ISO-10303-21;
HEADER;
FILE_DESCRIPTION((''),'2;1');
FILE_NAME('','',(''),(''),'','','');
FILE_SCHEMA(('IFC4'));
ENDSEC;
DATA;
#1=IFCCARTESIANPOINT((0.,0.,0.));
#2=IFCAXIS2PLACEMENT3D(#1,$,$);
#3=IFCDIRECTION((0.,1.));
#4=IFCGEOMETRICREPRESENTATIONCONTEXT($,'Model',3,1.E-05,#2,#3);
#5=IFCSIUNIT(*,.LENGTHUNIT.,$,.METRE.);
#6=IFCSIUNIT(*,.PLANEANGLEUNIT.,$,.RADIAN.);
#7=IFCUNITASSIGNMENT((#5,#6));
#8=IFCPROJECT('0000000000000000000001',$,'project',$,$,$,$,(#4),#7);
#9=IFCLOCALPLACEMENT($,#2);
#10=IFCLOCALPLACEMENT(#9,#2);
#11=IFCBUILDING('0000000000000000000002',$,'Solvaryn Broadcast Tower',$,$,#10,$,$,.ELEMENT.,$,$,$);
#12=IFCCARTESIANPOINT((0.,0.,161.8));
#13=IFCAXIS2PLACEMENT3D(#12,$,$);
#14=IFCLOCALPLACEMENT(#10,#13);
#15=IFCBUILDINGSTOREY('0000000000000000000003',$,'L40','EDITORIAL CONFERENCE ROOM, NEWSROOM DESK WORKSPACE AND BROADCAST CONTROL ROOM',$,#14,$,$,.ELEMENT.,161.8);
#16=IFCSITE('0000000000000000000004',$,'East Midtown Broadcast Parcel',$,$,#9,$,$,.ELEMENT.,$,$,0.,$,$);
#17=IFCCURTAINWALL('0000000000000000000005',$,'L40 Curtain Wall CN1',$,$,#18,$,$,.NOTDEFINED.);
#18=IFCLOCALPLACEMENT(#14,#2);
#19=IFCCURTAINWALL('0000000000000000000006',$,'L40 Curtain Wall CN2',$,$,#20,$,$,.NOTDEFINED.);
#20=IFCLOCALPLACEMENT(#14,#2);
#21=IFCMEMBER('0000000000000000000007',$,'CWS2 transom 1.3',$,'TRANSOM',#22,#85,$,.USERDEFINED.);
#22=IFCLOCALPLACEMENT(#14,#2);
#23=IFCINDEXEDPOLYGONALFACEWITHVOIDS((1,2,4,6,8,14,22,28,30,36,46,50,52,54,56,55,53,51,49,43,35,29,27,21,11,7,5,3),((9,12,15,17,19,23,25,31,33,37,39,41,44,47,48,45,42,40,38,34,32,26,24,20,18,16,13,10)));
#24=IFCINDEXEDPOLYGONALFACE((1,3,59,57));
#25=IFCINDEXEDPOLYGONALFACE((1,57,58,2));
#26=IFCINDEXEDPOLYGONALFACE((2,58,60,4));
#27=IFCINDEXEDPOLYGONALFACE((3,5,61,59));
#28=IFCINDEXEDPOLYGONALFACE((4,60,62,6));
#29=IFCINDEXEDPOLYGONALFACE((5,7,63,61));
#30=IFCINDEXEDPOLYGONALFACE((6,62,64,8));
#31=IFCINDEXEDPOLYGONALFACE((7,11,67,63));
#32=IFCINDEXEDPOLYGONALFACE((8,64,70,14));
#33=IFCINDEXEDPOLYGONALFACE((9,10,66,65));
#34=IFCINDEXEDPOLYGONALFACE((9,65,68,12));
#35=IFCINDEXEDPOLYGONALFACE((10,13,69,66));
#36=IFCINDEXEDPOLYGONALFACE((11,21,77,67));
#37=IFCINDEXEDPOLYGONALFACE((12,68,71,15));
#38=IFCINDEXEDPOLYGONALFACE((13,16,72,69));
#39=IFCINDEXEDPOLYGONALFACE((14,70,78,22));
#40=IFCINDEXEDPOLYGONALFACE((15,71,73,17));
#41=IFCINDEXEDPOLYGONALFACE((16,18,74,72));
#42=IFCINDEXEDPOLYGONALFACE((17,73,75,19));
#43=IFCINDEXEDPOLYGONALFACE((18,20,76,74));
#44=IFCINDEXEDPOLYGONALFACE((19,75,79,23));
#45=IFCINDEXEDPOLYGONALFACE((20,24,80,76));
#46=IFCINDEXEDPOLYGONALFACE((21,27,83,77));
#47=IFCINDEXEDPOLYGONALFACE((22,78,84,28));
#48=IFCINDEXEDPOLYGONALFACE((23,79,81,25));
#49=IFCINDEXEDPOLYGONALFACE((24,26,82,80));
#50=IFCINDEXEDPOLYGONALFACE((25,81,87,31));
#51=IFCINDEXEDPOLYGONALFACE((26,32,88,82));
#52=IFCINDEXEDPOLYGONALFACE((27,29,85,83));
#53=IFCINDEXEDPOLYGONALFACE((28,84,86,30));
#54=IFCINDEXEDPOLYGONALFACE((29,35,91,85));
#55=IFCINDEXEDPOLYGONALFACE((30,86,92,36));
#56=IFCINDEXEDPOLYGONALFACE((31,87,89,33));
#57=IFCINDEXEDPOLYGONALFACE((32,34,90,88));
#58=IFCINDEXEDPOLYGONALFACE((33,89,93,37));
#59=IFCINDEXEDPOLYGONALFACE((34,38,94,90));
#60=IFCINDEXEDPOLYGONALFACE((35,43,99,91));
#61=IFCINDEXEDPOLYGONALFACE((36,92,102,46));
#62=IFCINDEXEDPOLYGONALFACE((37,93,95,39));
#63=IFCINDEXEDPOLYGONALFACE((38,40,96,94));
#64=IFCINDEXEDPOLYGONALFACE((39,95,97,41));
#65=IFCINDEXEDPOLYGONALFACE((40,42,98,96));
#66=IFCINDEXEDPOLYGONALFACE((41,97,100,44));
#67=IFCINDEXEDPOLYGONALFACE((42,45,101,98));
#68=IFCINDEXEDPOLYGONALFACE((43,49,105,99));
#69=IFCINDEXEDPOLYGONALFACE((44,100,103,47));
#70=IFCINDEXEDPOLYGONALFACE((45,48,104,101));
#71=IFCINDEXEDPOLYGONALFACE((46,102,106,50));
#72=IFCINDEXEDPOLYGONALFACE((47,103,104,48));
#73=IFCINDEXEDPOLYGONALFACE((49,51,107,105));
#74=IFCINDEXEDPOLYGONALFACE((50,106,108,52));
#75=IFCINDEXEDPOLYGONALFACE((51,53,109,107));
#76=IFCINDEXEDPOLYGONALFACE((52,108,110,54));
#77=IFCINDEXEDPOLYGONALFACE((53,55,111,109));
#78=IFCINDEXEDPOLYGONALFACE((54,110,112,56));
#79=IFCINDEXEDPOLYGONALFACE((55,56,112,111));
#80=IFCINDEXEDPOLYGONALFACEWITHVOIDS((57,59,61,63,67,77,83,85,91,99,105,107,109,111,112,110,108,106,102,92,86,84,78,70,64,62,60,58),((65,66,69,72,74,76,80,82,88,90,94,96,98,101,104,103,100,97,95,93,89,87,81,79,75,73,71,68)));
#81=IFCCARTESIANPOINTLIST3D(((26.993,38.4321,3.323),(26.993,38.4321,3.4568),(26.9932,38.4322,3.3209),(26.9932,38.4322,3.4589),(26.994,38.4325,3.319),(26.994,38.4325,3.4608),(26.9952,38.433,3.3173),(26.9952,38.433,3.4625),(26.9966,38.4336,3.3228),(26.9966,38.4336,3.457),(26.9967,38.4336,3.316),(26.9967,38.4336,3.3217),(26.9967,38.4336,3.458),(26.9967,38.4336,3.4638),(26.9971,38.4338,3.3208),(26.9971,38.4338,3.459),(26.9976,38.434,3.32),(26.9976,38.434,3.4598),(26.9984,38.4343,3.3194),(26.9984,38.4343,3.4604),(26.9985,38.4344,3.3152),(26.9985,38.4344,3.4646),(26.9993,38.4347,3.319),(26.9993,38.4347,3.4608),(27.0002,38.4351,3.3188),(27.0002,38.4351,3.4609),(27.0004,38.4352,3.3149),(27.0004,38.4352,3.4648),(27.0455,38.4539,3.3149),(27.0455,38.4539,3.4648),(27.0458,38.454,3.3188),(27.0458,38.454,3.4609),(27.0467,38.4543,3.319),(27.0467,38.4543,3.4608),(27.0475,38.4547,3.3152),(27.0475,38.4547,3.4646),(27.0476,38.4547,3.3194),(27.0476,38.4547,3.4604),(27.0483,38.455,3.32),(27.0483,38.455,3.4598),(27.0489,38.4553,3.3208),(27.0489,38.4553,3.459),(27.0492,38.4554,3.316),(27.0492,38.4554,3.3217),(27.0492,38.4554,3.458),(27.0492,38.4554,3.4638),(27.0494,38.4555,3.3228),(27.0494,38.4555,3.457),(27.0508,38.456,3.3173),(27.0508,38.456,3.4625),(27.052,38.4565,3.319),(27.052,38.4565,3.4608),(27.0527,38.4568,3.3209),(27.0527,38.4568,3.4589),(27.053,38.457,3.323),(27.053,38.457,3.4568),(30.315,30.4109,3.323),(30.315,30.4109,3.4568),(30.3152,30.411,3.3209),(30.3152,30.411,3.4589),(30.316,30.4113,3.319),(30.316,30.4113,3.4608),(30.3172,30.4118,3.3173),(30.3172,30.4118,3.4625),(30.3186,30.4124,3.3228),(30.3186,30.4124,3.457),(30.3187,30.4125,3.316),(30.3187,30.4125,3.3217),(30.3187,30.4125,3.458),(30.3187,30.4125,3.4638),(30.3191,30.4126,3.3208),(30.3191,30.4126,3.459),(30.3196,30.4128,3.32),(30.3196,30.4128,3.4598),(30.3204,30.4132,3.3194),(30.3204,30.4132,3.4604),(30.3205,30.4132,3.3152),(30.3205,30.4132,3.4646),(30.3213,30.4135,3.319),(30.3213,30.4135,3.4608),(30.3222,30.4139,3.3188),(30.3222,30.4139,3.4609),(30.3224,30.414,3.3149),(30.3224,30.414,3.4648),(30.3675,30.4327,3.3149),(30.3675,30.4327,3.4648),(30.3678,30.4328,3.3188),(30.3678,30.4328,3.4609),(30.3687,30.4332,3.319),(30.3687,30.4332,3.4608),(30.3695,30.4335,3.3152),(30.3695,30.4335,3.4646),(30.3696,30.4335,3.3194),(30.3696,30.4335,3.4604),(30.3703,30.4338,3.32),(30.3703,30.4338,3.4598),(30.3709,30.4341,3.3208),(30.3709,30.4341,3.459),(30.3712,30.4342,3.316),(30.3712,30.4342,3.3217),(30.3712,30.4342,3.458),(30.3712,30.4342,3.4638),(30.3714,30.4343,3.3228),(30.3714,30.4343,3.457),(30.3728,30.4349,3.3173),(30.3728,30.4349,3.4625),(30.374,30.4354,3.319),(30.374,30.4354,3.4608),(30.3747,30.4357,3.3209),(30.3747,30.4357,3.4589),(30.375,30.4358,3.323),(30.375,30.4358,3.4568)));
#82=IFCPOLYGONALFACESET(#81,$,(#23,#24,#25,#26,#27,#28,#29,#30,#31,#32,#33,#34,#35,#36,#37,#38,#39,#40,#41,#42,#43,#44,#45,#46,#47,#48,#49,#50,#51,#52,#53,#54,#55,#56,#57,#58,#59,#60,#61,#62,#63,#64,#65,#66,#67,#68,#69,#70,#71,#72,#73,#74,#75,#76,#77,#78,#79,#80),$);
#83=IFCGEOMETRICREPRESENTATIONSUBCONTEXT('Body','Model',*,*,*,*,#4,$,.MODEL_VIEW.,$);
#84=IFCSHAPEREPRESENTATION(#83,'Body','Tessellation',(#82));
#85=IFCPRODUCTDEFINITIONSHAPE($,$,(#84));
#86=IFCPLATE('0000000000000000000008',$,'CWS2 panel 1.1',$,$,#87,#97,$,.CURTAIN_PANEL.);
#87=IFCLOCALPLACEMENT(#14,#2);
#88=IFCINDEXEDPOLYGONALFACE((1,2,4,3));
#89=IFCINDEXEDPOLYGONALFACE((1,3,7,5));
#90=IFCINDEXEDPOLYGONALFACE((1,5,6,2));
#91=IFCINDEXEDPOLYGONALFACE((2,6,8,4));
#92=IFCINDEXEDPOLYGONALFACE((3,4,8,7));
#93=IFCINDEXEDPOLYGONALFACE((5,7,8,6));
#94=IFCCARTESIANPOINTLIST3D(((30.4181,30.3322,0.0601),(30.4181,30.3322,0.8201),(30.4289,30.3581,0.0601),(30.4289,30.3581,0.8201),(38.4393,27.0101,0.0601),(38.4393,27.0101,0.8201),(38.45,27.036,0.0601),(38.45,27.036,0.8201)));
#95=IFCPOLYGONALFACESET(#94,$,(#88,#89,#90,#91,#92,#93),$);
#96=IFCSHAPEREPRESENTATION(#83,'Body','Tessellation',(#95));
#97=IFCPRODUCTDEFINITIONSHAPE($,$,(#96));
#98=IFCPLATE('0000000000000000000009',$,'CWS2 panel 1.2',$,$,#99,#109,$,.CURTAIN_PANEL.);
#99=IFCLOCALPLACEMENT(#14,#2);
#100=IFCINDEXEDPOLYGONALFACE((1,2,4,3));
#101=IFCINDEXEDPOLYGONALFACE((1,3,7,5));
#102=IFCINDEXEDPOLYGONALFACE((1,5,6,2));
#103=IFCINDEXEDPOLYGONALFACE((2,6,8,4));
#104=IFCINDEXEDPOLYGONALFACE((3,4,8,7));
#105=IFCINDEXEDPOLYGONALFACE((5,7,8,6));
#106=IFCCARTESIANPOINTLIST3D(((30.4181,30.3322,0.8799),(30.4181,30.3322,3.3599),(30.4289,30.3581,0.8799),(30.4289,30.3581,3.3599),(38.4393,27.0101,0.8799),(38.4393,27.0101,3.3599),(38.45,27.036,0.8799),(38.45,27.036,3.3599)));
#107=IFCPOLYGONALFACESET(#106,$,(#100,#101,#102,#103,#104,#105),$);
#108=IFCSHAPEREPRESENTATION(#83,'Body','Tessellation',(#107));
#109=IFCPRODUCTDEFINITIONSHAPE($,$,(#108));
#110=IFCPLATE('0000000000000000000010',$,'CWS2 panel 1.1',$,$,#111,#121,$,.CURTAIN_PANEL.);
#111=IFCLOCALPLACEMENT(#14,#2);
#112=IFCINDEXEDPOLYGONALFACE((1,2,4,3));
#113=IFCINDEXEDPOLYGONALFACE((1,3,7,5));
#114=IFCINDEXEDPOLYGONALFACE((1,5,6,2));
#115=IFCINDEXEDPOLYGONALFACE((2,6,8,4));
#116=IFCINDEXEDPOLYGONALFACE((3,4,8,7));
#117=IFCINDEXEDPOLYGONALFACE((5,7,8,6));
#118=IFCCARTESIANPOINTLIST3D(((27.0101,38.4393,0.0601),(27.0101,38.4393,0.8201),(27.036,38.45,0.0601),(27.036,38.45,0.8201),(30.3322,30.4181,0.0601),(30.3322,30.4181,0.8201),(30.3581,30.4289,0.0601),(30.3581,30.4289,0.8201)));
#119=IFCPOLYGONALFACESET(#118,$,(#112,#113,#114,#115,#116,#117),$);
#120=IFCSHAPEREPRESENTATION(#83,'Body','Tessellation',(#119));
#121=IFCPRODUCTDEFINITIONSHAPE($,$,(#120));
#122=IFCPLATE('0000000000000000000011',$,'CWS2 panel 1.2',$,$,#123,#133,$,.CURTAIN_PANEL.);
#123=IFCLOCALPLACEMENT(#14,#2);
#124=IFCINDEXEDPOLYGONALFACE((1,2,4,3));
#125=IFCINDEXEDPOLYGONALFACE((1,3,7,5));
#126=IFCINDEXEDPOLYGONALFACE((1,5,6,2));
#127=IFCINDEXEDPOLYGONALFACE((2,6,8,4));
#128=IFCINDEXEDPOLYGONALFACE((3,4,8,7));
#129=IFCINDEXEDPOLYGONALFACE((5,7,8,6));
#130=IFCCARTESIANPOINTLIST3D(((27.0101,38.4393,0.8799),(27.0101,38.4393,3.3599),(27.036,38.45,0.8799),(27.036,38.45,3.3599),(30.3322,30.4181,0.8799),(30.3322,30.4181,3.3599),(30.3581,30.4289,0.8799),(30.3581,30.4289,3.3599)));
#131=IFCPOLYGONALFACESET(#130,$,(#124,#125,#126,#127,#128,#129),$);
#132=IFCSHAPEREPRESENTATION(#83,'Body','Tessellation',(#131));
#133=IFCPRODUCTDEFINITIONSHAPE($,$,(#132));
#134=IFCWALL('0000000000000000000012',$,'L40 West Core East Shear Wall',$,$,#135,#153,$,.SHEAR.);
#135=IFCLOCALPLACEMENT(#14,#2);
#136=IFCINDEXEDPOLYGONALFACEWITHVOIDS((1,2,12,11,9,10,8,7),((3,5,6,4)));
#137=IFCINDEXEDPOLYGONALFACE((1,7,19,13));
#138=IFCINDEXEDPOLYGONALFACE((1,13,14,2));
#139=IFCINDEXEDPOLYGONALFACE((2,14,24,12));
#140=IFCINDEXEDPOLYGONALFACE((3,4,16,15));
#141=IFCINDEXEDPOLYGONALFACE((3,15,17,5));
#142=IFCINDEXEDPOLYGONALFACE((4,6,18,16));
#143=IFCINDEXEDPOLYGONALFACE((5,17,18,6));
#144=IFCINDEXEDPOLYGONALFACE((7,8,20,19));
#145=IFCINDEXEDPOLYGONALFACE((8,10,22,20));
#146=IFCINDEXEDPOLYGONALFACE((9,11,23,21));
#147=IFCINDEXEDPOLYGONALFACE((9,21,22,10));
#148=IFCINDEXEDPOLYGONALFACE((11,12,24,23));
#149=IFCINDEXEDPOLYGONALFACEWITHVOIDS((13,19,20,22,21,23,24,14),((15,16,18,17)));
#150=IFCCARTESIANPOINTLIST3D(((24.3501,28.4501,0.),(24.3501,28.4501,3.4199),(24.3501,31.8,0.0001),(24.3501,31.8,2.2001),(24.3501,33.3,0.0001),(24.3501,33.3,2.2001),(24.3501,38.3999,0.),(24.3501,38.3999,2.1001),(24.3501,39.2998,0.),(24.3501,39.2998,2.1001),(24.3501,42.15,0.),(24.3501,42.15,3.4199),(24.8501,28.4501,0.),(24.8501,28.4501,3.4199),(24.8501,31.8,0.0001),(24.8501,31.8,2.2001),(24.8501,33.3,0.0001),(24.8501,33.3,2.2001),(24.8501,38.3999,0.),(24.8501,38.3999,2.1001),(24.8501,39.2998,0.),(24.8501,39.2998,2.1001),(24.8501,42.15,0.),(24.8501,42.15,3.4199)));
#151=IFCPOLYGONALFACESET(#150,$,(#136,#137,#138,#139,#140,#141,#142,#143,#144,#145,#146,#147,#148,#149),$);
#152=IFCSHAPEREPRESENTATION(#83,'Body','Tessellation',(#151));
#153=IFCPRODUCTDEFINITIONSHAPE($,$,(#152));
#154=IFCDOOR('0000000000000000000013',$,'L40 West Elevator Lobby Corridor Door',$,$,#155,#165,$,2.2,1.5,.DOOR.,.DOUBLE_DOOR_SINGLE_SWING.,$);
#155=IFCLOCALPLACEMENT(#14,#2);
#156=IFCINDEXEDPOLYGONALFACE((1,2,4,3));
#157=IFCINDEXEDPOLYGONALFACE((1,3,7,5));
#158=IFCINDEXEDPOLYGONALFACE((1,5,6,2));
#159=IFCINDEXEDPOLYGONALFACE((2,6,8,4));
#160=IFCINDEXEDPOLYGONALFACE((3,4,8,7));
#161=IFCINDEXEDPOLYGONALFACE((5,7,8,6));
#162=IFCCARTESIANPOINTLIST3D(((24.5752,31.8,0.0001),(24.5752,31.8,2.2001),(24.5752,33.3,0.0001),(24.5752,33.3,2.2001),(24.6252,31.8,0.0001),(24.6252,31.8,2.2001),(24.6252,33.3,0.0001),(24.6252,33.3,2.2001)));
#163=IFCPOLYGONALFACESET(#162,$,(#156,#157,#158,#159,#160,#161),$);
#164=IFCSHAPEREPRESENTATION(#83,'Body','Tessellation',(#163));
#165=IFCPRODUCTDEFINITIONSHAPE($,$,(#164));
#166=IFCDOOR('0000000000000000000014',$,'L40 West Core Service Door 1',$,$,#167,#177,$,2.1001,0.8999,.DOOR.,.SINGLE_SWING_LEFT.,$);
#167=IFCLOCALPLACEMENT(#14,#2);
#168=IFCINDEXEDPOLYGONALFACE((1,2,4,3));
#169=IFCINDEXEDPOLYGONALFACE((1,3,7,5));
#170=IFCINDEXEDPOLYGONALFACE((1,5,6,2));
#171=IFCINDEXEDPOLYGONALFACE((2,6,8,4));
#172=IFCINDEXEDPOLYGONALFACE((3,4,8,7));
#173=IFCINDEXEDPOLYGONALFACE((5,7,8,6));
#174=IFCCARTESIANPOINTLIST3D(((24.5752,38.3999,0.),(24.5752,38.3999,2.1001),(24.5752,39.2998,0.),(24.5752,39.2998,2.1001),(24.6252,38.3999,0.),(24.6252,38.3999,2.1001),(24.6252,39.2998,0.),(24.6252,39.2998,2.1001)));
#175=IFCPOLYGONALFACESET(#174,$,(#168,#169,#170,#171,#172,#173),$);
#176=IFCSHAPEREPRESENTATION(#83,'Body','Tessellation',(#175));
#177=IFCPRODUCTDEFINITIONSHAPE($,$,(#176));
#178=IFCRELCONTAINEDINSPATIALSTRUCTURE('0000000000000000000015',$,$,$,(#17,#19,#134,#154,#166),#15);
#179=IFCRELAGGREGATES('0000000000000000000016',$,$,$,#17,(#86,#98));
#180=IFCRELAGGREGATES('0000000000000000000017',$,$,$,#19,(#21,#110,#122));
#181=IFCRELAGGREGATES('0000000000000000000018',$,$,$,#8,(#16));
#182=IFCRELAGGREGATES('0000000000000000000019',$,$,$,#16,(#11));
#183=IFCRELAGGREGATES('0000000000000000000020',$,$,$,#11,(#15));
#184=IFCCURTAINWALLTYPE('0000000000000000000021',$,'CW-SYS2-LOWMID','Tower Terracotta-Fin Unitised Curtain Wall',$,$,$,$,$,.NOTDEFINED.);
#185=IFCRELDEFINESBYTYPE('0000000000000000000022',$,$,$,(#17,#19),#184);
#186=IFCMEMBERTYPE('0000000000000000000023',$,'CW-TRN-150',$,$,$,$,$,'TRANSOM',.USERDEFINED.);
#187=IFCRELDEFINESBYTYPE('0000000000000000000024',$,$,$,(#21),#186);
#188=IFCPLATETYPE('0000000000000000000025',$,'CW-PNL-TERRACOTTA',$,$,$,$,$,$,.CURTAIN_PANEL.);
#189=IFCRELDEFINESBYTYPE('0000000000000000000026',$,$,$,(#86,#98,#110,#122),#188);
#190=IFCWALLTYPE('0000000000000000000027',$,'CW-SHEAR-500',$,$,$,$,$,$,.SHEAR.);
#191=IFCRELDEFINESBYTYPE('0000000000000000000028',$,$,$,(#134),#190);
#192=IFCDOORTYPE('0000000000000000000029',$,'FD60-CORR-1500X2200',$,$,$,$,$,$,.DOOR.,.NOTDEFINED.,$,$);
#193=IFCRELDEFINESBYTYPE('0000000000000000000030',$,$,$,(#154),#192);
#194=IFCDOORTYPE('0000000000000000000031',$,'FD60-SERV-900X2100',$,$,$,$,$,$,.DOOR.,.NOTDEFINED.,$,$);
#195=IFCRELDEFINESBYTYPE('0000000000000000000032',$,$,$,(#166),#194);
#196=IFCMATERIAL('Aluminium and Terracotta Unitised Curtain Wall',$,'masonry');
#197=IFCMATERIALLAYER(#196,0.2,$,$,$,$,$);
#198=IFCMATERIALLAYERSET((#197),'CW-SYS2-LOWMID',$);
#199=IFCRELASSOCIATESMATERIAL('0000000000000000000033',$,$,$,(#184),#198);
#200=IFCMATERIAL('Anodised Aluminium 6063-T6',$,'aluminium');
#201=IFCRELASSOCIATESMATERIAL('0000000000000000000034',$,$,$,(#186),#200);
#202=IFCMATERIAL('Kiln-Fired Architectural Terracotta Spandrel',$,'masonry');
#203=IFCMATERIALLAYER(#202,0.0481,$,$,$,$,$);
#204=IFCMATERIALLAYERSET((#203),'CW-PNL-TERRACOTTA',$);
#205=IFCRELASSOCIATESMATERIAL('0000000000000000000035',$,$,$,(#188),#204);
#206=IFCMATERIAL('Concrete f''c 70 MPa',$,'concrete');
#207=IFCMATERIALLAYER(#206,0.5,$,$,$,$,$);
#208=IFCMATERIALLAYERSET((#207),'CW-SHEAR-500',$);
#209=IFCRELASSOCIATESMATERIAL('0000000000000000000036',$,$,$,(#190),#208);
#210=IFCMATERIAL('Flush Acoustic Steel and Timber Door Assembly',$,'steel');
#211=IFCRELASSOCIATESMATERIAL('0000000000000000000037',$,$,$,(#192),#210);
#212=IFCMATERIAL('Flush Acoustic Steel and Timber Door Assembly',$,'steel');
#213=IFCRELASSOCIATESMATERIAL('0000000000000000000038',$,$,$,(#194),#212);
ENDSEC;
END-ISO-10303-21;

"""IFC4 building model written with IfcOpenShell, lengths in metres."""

from ifc_helpers import new_model, si_unit, direction, frame, frame_2d, origin, origin_2d, place, context, subcontext, project, spatial, rectangle, hollow_rectangle, extrude, material, layer, layer_set, material_profile, profile_set, type_object, element, fill, aggregate, save


model = new_model("IFC4")

# Units and contexts
model_context = context("Model", 3, precision=1e-05, world=origin(), true_north=direction((0.0, 1.0)))
body_context = subcontext(model_context, "Body", "Model", "MODEL_VIEW")
ifc_project = project(units=[si_unit("LENGTHUNIT", "METRE"), si_unit("PLANEANGLEUNIT", "RADIAN")], contexts=[model_context])

# Site, building, storey
site_placement = place(None, origin())
site = spatial("IfcSite", under=ifc_project, at=site_placement, Name="East Midtown Broadcast Parcel", CompositionType="ELEMENT", RefElevation=0.0)
building_placement = place(site_placement, origin())
building = spatial("IfcBuilding", under=site, at=building_placement, Name="Solvaryn Broadcast Tower", CompositionType="ELEMENT")
storey_placement = place(building_placement, frame((0.0, 0.0, 161.8)))
storey = spatial("IfcBuildingStorey", under=building, at=storey_placement, Name="L40", Description="EDITORIAL CONFERENCE ROOM, NEWSROOM DESK WORKSPACE AND BROADCAST CONTROL ROOM", CompositionType="ELEMENT", Elevation=161.8)

# Curtain wall
ifc_material_1 = material(Name="Aluminium and Terracotta Unitised Curtain Wall", Category="masonry")
ifc_layer_1 = layer(ifc_material_1, 0.2)
ifc_layer_set_1 = layer_set([ifc_layer_1], Name="CW-SYS2-LOWMID")
curtain_wall_type = type_object("IfcCurtainWallType", Name="CW-SYS2-LOWMID", Description="Tower Terracotta-Fin Unitised Curtain Wall", PredefinedType="NOTDEFINED", material=ifc_layer_set_1)
curtain_wall_1_placement = place(storey_placement, origin())
curtain_wall_1 = element("IfcCurtainWall", 1, at=curtain_wall_1_placement, inside=storey, type_object=curtain_wall_type, Name="L40 Curtain Wall CN1", PredefinedType="NOTDEFINED")

# Curtain wall, member
curtain_wall_2_placement = place(storey_placement, origin())
curtain_wall_2 = element("IfcCurtainWall", 2, at=curtain_wall_2_placement, inside=storey, type_object=curtain_wall_type, Name="L40 Curtain Wall CN2", PredefinedType="NOTDEFINED")
ifc_material_2 = material(Name="Anodised Aluminium 6063-T6", Category="aluminium")
ifc_material_profile_1 = material_profile(ifc_material_2, hollow_rectangle(XDim=0.0649, YDim=0.1499, WallThickness=0.0039, InnerFilletRadius=0.0039, OuterFilletRadius=0.0081, at=origin_2d()))
ifc_profile_set_1 = profile_set([ifc_material_profile_1], Name="Anodised Aluminium 6063-T6")
member_type_1 = type_object("IfcMemberType", Name="CW-TRN-150", ElementType="TRANSOM", PredefinedType="USERDEFINED", material=ifc_profile_set_1)
member_1_placement = place(storey_placement, frame((30.345, 30.4233, 3.3899), z_axis=(-0.382636, 0.923899, 0.0), x_axis=(-0.923899, -0.382636, 0.0)))
member_1 = element("IfcMember", 3, at=member_1_placement, type_object=member_type_1, Name="CWS2 transom 1.3", ObjectType="TRANSOM", PredefinedType="USERDEFINED", context=body_context, shape_type="SweptSolid", body=[
    extrude(hollow_rectangle(XDim=0.0649, YDim=0.1499, WallThickness=0.0039, InnerFilletRadius=0.0039, OuterFilletRadius=0.0081, at=origin_2d()), origin(), (0.0, 0.0, 1.0), 8.6819),
])

# Plates
ifc_material_3 = material(Name="Kiln-Fired Architectural Terracotta Spandrel", Category="masonry")
ifc_layer_2 = layer(ifc_material_3, 0.0481)
ifc_layer_set_2 = layer_set([ifc_layer_2], Name="CW-PNL-TERRACOTTA")
plate_type = type_object("IfcPlateType", Name="CW-PNL-TERRACOTTA", PredefinedType="CURTAIN_PANEL", material=ifc_layer_set_2)
plate_1_placement = place(storey_placement, frame((34.4341, 28.6841, 0.0601), z_axis=(0.0, 0.0, 1.0), x_axis=(-0.923895, 0.382646, 0.0)))
plate_1 = element("IfcPlate", 4, at=plate_1_placement, type_object=plate_type, Name="CWS2 panel 1.1", PredefinedType="CURTAIN_PANEL", context=body_context, shape_type="SweptSolid", body=[
    extrude(rectangle(XDim=8.6819, YDim=0.0281, at=origin_2d()), origin(), (0.0, 0.0, 1.0), 0.76),
])
plate_2_placement = place(storey_placement, frame((34.4341, 28.6841, 0.8799), z_axis=(0.0, 0.0, 1.0), x_axis=(-0.923895, 0.382646, 0.0)))
plate_2 = element("IfcPlate", 5, at=plate_2_placement, type_object=plate_type, Name="CWS2 panel 1.2", PredefinedType="CURTAIN_PANEL", context=body_context, shape_type="SweptSolid", body=[
    extrude(rectangle(XDim=8.6819, YDim=0.0281, at=origin_2d()), origin(), (0.0, 0.0, 1.0), 2.48),
])
aggregate(curtain_wall_1, [plate_1, plate_2])
plate_3_placement = place(storey_placement, frame((28.6841, 34.4341, 0.0601), z_axis=(0.0, 0.0, 1.0), x_axis=(-0.382646, 0.923895, 0.0)))
plate_3 = element("IfcPlate", 6, at=plate_3_placement, type_object=plate_type, Name="CWS2 panel 1.1", PredefinedType="CURTAIN_PANEL", context=body_context, shape_type="SweptSolid", body=[
    extrude(rectangle(XDim=8.6819, YDim=0.0281, at=origin_2d()), origin(), (0.0, 0.0, 1.0), 0.76),
])
plate_4_placement = place(storey_placement, frame((28.6841, 34.4341, 0.8799), z_axis=(0.0, 0.0, 1.0), x_axis=(-0.382646, 0.923895, 0.0)))
plate_4 = element("IfcPlate", 7, at=plate_4_placement, type_object=plate_type, Name="CWS2 panel 1.2", PredefinedType="CURTAIN_PANEL", context=body_context, shape_type="SweptSolid", body=[
    extrude(rectangle(XDim=8.6819, YDim=0.0281, at=origin_2d()), origin(), (0.0, 0.0, 1.0), 2.48),
])
aggregate(curtain_wall_2, [member_1, plate_3, plate_4])

# Wall, openings, doors
ifc_material_4 = material(Name="Concrete f'c 70 MPa", Category="concrete")
ifc_layer_3 = layer(ifc_material_4, 0.5)
ifc_layer_set_3 = layer_set([ifc_layer_3], Name="CW-SHEAR-500")
wall_type_1 = type_object("IfcWallType", Name="CW-SHEAR-500", PredefinedType="SHEAR", material=ifc_layer_set_3)
wall_1_placement = place(storey_placement, frame((24.6001, 28.45, 0.0), z_axis=(0.0, 0.0, 1.0), x_axis=(0.0, 1.0, 0.0)))
wall_1 = element("IfcWall", 8, at=wall_1_placement, inside=storey, type_object=wall_type_1, Name="L40 West Core East Shear Wall", PredefinedType="SHEAR", context=body_context, shape_type="SweptSolid", body=[
    extrude(rectangle(XDim=13.7, YDim=0.5, at=frame_2d((6.8501, 0.0))), origin(), (0.0, 0.0, 1.0), 3.4199),
])
opening_1_placement = place(wall_1_placement, frame((3.3501, 0.0, 0.0)))
opening_1 = element("IfcOpeningElement", 9, at=opening_1_placement, cuts=wall_1, PredefinedType="OPENING", context=body_context, shape_type="SweptSolid", body=[
    extrude(rectangle(XDim=1.5, YDim=2.2, at=frame_2d((0.75, 1.1001))), frame((0.0, 0.26, 0.0), z_axis=(0.0, -1.0, 0.0), x_axis=(1.0, 0.0, 0.0)), (0.0, 0.0, 1.0), 0.52),
])
opening_2_placement = place(wall_1_placement, frame((9.95, 0.0, 0.0)))
opening_2 = element("IfcOpeningElement", 10, at=opening_2_placement, cuts=wall_1, PredefinedType="OPENING", context=body_context, shape_type="SweptSolid", body=[
    extrude(rectangle(XDim=0.8999, YDim=2.1001, at=frame_2d((0.45, 1.05))), frame((0.0, 0.26, 0.0), z_axis=(0.0, -1.0, 0.0), x_axis=(1.0, 0.0, 0.0)), (0.0, 0.0, 1.0), 0.52),
])
ifc_material_5 = material(Name="Flush Acoustic Steel and Timber Door Assembly", Category="steel")
door_type_1 = type_object("IfcDoorType", Name="FD60-CORR-1500X2200", OperationType="NOTDEFINED", PredefinedType="DOOR", material=ifc_material_5)
door_1_placement = place(opening_1_placement, origin())
door_1 = element("IfcDoor", 11, at=door_1_placement, inside=storey, type_object=door_type_1, Name="L40 West Elevator Lobby Corridor Door", OperationType="DOUBLE_DOOR_SINGLE_SWING", OverallHeight=2.2, OverallWidth=1.5, PredefinedType="DOOR", context=body_context, shape_type="SweptSolid", body=[
    extrude(rectangle(XDim=1.5, YDim=2.2, at=frame_2d((0.75, 1.1001))), frame((0.0, 0.0249, 0.0), z_axis=(0.0, -1.0, 0.0), x_axis=(1.0, 0.0, 0.0)), (0.0, 0.0, 1.0), 0.05),
])
fill(opening_1, door_1)
ifc_material_6 = material(Name="Flush Acoustic Steel and Timber Door Assembly", Category="steel")
door_type_2 = type_object("IfcDoorType", Name="FD60-SERV-900X2100", OperationType="NOTDEFINED", PredefinedType="DOOR", material=ifc_material_6)
door_2_placement = place(opening_2_placement, origin())
door_2 = element("IfcDoor", 12, at=door_2_placement, inside=storey, type_object=door_type_2, Name="L40 West Core Service Door 1", OperationType="SINGLE_SWING_LEFT", OverallHeight=2.1001, OverallWidth=0.8999, PredefinedType="DOOR", context=body_context, shape_type="SweptSolid", body=[
    extrude(rectangle(XDim=0.8999, YDim=2.1001, at=frame_2d((0.45, 1.05))), frame((0.0, 0.0249, 0.0), z_axis=(0.0, -1.0, 0.0), x_axis=(1.0, 0.0, 0.0)), (0.0, 0.0, 1.0), 0.05),
])
fill(opening_2, door_2)

save(model, "model.ifc")
